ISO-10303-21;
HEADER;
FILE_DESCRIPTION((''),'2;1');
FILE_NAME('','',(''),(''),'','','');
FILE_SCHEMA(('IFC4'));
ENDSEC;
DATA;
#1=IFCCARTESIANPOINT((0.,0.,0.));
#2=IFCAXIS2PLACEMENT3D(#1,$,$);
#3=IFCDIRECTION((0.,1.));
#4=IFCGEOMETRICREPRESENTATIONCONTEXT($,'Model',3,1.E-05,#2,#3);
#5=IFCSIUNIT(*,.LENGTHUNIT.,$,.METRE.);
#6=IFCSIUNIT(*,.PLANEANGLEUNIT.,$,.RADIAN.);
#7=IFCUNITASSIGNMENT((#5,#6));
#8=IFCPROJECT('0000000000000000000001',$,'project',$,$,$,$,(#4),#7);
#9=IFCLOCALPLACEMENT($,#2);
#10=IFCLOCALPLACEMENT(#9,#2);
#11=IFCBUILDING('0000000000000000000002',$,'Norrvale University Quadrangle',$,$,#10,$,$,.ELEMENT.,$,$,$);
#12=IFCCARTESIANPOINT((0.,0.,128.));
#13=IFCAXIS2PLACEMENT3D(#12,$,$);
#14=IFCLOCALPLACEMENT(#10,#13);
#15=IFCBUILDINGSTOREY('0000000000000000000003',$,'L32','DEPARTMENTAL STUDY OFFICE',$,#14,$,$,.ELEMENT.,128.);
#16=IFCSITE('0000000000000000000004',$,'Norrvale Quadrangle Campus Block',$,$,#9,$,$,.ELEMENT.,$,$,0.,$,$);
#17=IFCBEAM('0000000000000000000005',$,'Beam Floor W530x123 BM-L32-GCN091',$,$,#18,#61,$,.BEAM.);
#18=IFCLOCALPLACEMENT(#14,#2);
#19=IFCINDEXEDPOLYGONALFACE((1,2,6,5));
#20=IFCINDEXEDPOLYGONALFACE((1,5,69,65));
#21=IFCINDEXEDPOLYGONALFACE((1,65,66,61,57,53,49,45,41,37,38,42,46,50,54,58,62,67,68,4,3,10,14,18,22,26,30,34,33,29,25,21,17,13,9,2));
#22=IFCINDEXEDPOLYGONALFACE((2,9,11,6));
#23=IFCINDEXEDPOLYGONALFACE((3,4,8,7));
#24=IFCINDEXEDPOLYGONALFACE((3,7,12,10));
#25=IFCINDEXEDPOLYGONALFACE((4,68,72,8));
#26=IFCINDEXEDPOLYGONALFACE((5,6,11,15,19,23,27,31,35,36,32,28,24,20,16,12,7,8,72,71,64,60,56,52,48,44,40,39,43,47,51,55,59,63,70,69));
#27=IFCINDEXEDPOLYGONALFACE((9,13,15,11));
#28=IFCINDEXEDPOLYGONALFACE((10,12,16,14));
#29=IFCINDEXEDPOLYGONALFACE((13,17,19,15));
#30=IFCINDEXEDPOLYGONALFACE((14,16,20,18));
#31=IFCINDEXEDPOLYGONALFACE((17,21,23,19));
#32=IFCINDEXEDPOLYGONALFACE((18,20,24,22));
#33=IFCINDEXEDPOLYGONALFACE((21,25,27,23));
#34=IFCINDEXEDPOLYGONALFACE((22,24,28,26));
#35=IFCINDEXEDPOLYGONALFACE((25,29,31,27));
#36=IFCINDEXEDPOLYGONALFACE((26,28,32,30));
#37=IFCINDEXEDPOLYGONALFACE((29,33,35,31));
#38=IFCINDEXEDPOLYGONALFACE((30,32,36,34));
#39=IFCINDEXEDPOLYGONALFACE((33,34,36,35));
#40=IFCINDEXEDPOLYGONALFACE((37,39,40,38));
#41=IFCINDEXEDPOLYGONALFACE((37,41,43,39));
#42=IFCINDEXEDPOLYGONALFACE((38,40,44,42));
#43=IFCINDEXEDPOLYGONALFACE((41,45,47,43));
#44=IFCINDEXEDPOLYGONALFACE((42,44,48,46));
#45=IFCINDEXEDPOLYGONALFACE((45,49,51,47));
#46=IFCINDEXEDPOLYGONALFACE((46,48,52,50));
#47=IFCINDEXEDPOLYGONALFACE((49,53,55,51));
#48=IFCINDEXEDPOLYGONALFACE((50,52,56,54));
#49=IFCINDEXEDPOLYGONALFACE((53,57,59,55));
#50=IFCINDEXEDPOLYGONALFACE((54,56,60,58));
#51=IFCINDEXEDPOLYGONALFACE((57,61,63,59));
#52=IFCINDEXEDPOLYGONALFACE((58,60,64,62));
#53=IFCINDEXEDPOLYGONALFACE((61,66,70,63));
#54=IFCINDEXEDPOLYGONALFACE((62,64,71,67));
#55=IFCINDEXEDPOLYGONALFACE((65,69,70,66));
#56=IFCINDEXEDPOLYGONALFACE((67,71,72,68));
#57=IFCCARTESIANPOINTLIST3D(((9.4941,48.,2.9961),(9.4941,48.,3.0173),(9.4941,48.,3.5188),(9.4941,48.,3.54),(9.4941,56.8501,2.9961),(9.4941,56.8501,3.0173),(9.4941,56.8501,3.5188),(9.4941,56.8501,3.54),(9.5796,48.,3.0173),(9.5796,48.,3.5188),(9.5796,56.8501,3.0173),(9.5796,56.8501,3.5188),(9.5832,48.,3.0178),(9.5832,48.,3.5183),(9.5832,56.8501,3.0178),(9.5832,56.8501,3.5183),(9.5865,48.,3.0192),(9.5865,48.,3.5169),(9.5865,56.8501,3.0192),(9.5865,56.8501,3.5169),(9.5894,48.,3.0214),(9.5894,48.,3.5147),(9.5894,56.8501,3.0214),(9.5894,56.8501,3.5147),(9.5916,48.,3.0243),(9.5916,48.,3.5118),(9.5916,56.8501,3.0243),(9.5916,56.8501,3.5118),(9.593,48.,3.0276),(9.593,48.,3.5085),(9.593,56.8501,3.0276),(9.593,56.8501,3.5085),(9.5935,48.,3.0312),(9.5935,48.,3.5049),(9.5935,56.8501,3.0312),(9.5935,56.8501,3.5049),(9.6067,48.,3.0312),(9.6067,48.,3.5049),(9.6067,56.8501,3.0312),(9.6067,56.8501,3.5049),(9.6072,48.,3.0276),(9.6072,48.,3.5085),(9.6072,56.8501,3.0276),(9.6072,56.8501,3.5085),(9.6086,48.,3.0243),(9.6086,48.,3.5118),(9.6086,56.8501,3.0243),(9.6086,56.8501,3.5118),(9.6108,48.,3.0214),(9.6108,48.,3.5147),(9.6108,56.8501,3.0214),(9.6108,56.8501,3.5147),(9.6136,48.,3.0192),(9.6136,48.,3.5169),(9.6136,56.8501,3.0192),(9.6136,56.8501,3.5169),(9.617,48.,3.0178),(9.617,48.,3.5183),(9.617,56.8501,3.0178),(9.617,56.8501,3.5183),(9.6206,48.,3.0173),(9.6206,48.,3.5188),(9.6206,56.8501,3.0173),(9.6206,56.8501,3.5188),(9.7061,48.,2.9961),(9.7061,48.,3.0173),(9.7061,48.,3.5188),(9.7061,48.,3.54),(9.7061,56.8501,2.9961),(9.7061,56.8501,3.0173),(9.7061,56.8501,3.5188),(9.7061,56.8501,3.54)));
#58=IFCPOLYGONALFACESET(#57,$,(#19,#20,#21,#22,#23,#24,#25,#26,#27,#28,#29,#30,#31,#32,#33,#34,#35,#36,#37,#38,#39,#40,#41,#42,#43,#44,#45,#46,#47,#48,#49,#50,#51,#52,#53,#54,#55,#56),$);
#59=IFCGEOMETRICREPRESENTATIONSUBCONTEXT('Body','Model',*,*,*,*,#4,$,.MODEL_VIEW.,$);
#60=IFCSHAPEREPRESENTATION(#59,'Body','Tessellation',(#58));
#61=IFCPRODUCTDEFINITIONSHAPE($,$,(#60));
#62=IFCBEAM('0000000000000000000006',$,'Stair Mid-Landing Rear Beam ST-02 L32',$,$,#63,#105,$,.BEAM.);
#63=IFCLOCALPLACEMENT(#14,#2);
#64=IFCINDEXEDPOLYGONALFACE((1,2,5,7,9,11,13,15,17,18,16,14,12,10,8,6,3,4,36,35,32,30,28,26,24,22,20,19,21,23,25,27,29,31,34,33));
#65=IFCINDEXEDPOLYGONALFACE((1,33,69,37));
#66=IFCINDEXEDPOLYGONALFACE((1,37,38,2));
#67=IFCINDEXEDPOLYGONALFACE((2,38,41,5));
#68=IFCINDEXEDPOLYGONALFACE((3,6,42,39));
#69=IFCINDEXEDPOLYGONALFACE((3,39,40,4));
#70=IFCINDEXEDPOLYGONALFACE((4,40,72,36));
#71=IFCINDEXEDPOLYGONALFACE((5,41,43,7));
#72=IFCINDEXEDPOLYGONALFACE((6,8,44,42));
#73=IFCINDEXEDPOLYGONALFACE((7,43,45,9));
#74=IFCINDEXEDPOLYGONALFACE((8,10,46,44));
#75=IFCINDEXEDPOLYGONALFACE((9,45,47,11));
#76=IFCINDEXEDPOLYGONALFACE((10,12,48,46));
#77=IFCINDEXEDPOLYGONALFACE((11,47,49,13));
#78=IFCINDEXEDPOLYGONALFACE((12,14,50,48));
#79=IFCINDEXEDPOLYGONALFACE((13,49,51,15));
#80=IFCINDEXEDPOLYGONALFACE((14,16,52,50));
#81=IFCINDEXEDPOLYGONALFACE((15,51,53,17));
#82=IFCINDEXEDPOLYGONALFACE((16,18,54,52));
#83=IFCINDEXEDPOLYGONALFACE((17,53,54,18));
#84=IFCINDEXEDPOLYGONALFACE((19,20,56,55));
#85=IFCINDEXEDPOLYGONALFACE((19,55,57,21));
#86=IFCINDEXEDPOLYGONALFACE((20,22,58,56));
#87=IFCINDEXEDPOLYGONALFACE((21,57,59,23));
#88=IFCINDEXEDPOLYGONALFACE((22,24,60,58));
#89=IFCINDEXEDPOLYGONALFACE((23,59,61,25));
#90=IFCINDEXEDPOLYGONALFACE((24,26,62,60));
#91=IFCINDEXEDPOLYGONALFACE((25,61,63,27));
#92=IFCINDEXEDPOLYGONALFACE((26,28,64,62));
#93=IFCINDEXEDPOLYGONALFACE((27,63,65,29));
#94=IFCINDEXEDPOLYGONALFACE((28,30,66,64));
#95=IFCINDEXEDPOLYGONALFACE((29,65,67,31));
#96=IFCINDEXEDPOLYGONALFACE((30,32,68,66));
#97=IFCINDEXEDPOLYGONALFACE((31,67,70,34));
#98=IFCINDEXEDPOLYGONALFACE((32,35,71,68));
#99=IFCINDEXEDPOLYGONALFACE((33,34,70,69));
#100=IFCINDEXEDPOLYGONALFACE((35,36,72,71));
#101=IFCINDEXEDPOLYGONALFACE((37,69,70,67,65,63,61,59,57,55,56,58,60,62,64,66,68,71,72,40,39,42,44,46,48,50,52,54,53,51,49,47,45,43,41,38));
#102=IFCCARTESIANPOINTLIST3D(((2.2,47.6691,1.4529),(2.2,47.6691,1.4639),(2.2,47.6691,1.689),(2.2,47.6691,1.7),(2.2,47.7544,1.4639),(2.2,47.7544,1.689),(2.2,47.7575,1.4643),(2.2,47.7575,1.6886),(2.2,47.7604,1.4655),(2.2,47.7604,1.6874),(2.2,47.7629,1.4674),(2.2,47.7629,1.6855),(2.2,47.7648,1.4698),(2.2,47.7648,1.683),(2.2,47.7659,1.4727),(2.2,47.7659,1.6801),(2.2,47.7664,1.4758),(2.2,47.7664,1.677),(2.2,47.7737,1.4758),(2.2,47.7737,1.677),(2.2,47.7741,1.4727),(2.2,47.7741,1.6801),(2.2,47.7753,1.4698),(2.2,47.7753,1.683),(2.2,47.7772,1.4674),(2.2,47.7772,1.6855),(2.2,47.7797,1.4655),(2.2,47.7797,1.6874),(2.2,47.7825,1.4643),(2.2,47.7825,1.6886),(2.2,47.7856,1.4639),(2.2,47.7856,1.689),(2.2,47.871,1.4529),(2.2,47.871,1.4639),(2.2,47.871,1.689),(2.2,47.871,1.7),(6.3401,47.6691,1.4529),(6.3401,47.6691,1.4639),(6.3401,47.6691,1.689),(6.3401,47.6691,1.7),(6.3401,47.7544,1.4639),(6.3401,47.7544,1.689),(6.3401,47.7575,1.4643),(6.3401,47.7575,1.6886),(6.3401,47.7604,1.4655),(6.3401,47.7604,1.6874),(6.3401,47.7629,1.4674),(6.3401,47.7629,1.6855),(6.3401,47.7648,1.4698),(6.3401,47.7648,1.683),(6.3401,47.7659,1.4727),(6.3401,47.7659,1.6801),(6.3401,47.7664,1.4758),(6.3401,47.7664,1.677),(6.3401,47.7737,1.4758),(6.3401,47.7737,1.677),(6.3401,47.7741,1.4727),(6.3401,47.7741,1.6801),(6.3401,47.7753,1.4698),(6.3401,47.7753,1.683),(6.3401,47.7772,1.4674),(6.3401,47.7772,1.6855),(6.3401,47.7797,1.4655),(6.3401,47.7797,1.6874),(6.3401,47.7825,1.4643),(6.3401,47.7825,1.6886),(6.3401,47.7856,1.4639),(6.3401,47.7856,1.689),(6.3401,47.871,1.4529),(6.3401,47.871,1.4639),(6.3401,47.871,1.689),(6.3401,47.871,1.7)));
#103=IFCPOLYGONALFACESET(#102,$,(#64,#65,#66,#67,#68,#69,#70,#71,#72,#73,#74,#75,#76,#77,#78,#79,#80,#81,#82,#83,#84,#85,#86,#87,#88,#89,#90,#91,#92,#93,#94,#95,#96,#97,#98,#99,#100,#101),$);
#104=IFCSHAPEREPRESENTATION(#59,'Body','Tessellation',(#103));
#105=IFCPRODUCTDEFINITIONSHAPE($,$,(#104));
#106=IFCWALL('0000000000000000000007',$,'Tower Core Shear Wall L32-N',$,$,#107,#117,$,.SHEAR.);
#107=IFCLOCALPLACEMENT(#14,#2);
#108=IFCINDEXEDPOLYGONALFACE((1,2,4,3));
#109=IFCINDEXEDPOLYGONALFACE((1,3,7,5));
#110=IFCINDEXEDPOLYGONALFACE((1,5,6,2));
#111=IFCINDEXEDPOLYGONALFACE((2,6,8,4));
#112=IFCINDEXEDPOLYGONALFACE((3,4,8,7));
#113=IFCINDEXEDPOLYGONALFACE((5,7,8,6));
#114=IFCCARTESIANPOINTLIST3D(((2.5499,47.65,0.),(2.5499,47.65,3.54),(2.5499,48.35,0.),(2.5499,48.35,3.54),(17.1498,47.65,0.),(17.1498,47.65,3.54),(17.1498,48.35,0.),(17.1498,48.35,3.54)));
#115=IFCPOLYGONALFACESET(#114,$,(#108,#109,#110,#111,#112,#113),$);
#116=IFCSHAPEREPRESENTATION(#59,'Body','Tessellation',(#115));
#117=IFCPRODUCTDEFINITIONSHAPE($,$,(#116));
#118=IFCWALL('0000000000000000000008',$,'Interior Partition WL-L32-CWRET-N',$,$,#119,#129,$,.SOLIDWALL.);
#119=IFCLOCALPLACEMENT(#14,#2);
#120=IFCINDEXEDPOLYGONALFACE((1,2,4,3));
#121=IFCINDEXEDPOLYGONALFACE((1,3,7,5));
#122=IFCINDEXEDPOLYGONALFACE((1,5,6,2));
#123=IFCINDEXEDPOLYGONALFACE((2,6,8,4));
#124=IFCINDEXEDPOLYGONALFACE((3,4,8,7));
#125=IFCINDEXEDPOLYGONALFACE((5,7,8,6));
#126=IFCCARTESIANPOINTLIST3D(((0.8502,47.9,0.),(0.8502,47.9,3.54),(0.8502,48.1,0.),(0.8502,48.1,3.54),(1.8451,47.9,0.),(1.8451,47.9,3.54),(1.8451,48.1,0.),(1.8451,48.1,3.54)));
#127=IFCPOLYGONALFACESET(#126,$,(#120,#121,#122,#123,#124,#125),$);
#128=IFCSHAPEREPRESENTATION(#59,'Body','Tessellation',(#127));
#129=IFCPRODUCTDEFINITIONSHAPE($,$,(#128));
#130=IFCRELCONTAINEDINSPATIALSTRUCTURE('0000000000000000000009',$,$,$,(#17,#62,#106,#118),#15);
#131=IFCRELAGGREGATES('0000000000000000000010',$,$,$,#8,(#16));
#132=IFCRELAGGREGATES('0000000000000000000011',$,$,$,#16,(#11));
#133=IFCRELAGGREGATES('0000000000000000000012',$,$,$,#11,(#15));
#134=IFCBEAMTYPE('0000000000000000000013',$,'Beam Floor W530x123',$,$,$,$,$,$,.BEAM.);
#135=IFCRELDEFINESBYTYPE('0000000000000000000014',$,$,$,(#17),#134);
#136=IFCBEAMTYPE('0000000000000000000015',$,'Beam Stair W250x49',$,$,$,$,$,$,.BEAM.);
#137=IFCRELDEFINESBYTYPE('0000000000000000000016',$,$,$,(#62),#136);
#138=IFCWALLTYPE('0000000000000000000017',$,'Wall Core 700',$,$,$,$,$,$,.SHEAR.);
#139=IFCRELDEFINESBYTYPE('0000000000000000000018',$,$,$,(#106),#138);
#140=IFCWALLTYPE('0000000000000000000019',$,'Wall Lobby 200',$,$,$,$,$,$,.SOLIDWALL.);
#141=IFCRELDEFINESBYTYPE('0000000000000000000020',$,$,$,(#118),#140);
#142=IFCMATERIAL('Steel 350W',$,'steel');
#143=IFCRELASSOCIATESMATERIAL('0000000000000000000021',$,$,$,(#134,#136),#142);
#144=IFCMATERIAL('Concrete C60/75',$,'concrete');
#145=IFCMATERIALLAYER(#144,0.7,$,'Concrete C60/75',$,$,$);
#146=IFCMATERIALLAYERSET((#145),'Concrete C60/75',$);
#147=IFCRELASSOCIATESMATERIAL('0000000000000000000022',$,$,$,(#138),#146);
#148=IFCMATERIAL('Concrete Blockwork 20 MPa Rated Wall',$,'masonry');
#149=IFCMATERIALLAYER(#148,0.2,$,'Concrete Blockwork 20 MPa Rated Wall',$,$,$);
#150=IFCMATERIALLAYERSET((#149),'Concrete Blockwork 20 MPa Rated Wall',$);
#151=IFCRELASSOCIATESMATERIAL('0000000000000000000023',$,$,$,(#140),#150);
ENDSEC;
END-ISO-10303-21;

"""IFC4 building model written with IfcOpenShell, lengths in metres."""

from ifc_helpers import new_model, si_unit, direction, frame, frame_2d, origin, origin_2d, place, context, subcontext, project, spatial, rectangle, i_section, extrude, material, layer, layer_set, material_profile, profile_set, type_object, element, save


model = new_model("IFC4")

# Units and contexts
model_context = context("Model", 3, precision=1e-05, world=origin(), true_north=direction((0.0, 1.0)))
body_context = subcontext(model_context, "Body", "Model", "MODEL_VIEW")
ifc_project = project(units=[si_unit("LENGTHUNIT", "METRE"), si_unit("PLANEANGLEUNIT", "RADIAN")], contexts=[model_context])

# Site, building, storey
site_placement = place(None, origin())
site = spatial("IfcSite", under=ifc_project, at=site_placement, Name="Norrvale Quadrangle Campus Block", CompositionType="ELEMENT", RefElevation=0.0)
building_placement = place(site_placement, origin())
building = spatial("IfcBuilding", under=site, at=building_placement, Name="Norrvale University Quadrangle", CompositionType="ELEMENT")
storey_placement = place(building_placement, frame((0.0, 0.0, 128.0)))
storey = spatial("IfcBuildingStorey", under=building, at=storey_placement, Name="L32", Description="DEPARTMENTAL STUDY OFFICE", CompositionType="ELEMENT", Elevation=128.0)

# Shared definitions
ifc_material_1 = material(Name="Concrete C60/75", Category="concrete")

# Beams
ifc_material_2 = material(Name="Steel 350W", Category="steel")
ifc_material_profile_1 = material_profile(ifc_material_2, i_section(OverallWidth=0.2119, OverallDepth=0.5439, WebThickness=0.0132, FlangeThickness=0.0212, FilletRadius=0.0139, at=origin_2d()), Name="Steel 350W")
ifc_profile_set_1 = profile_set([ifc_material_profile_1], Name="Steel 350W")
beam_type_1 = type_object("IfcBeamType", Name="Beam Floor W530x123", PredefinedType="BEAM", material=ifc_profile_set_1)
beam_1_placement = place(storey_placement, frame((9.6001, 48.0, 3.2681), z_axis=(0.0, 1.0, 0.0), x_axis=(-1.0, 0.0, 0.0)))
element("IfcBeam", 1, at=beam_1_placement, inside=storey, type_object=beam_type_1, Name="Beam Floor W530x123 BM-L32-GCN091", PredefinedType="BEAM", context=body_context, shape_type="SweptSolid", body=[
    extrude(i_section(OverallWidth=0.2119, OverallDepth=0.5439, WebThickness=0.0132, FlangeThickness=0.0212, FilletRadius=0.0139, at=origin_2d()), origin(), (0.0, 0.0, 1.0), 8.8501),
])
ifc_material_profile_2 = material_profile(ifc_material_2, i_section(OverallWidth=0.2019, OverallDepth=0.2471, WebThickness=0.0073, FlangeThickness=0.011, FilletRadius=0.012, at=origin_2d()), Name="Steel 350W")
ifc_profile_set_2 = profile_set([ifc_material_profile_2], Name="Steel 350W")
beam_type_2 = type_object("IfcBeamType", Name="Beam Stair W250x49", PredefinedType="BEAM", material=ifc_profile_set_2)
beam_2_placement = place(storey_placement, frame((2.2, 47.77, 1.5764), z_axis=(1.0, 0.0, 0.0), x_axis=(0.0, 1.0, 0.0)))
element("IfcBeam", 2, at=beam_2_placement, inside=storey, type_object=beam_type_2, Name="Stair Mid-Landing Rear Beam ST-02 L32", PredefinedType="BEAM", context=body_context, shape_type="SweptSolid", body=[
    extrude(i_section(OverallWidth=0.2019, OverallDepth=0.2471, WebThickness=0.0073, FlangeThickness=0.011, FilletRadius=0.012, at=origin_2d()), origin(), (0.0, 0.0, 1.0), 4.1401),
])

# Wall
ifc_layer_1 = layer(ifc_material_1, 0.7, Name="Concrete C60/75")
ifc_layer_set_1 = layer_set([ifc_layer_1], Name="Concrete C60/75")
wall_type_1 = type_object("IfcWallType", Name="Wall Core 700", PredefinedType="SHEAR", material=ifc_layer_set_1)
wall_1_placement = place(storey_placement, frame((2.55, 48.0, 0.0), z_axis=(0.0, 0.0, 1.0), x_axis=(1.0, 0.0, 0.0)))
element("IfcWall", 3, at=wall_1_placement, inside=storey, type_object=wall_type_1, Name="Tower Core Shear Wall L32-N", PredefinedType="SHEAR", context=body_context, shape_type="SweptSolid", body=[
    extrude(rectangle(XDim=14.5999, YDim=0.7, at=frame_2d((7.2998, 0.0))), origin(), (0.0, 0.0, 1.0), 3.54),
])

# Wall
ifc_material_3 = material(Name="Concrete Blockwork 20 MPa Rated Wall", Category="masonry")
ifc_layer_2 = layer(ifc_material_3, 0.2, Name="Concrete Blockwork 20 MPa Rated Wall")
ifc_layer_set_2 = layer_set([ifc_layer_2], Name="Concrete Blockwork 20 MPa Rated Wall")
wall_type_2 = type_object("IfcWallType", Name="Wall Lobby 200", PredefinedType="SOLIDWALL", material=ifc_layer_set_2)
wall_2_placement = place(storey_placement, frame((0.8501, 48.0, 0.0), z_axis=(0.0, 0.0, 1.0), x_axis=(1.0, 0.0, 0.0)))
element("IfcWall", 4, at=wall_2_placement, inside=storey, type_object=wall_type_2, Name="Interior Partition WL-L32-CWRET-N", PredefinedType="SOLIDWALL", context=body_context, shape_type="SweptSolid", body=[
    extrude(rectangle(XDim=0.9949, YDim=0.2, at=frame_2d((0.4976, 0.0))), origin(), (0.0, 0.0, 1.0), 3.54),
])

save(model, "model.ifc")
